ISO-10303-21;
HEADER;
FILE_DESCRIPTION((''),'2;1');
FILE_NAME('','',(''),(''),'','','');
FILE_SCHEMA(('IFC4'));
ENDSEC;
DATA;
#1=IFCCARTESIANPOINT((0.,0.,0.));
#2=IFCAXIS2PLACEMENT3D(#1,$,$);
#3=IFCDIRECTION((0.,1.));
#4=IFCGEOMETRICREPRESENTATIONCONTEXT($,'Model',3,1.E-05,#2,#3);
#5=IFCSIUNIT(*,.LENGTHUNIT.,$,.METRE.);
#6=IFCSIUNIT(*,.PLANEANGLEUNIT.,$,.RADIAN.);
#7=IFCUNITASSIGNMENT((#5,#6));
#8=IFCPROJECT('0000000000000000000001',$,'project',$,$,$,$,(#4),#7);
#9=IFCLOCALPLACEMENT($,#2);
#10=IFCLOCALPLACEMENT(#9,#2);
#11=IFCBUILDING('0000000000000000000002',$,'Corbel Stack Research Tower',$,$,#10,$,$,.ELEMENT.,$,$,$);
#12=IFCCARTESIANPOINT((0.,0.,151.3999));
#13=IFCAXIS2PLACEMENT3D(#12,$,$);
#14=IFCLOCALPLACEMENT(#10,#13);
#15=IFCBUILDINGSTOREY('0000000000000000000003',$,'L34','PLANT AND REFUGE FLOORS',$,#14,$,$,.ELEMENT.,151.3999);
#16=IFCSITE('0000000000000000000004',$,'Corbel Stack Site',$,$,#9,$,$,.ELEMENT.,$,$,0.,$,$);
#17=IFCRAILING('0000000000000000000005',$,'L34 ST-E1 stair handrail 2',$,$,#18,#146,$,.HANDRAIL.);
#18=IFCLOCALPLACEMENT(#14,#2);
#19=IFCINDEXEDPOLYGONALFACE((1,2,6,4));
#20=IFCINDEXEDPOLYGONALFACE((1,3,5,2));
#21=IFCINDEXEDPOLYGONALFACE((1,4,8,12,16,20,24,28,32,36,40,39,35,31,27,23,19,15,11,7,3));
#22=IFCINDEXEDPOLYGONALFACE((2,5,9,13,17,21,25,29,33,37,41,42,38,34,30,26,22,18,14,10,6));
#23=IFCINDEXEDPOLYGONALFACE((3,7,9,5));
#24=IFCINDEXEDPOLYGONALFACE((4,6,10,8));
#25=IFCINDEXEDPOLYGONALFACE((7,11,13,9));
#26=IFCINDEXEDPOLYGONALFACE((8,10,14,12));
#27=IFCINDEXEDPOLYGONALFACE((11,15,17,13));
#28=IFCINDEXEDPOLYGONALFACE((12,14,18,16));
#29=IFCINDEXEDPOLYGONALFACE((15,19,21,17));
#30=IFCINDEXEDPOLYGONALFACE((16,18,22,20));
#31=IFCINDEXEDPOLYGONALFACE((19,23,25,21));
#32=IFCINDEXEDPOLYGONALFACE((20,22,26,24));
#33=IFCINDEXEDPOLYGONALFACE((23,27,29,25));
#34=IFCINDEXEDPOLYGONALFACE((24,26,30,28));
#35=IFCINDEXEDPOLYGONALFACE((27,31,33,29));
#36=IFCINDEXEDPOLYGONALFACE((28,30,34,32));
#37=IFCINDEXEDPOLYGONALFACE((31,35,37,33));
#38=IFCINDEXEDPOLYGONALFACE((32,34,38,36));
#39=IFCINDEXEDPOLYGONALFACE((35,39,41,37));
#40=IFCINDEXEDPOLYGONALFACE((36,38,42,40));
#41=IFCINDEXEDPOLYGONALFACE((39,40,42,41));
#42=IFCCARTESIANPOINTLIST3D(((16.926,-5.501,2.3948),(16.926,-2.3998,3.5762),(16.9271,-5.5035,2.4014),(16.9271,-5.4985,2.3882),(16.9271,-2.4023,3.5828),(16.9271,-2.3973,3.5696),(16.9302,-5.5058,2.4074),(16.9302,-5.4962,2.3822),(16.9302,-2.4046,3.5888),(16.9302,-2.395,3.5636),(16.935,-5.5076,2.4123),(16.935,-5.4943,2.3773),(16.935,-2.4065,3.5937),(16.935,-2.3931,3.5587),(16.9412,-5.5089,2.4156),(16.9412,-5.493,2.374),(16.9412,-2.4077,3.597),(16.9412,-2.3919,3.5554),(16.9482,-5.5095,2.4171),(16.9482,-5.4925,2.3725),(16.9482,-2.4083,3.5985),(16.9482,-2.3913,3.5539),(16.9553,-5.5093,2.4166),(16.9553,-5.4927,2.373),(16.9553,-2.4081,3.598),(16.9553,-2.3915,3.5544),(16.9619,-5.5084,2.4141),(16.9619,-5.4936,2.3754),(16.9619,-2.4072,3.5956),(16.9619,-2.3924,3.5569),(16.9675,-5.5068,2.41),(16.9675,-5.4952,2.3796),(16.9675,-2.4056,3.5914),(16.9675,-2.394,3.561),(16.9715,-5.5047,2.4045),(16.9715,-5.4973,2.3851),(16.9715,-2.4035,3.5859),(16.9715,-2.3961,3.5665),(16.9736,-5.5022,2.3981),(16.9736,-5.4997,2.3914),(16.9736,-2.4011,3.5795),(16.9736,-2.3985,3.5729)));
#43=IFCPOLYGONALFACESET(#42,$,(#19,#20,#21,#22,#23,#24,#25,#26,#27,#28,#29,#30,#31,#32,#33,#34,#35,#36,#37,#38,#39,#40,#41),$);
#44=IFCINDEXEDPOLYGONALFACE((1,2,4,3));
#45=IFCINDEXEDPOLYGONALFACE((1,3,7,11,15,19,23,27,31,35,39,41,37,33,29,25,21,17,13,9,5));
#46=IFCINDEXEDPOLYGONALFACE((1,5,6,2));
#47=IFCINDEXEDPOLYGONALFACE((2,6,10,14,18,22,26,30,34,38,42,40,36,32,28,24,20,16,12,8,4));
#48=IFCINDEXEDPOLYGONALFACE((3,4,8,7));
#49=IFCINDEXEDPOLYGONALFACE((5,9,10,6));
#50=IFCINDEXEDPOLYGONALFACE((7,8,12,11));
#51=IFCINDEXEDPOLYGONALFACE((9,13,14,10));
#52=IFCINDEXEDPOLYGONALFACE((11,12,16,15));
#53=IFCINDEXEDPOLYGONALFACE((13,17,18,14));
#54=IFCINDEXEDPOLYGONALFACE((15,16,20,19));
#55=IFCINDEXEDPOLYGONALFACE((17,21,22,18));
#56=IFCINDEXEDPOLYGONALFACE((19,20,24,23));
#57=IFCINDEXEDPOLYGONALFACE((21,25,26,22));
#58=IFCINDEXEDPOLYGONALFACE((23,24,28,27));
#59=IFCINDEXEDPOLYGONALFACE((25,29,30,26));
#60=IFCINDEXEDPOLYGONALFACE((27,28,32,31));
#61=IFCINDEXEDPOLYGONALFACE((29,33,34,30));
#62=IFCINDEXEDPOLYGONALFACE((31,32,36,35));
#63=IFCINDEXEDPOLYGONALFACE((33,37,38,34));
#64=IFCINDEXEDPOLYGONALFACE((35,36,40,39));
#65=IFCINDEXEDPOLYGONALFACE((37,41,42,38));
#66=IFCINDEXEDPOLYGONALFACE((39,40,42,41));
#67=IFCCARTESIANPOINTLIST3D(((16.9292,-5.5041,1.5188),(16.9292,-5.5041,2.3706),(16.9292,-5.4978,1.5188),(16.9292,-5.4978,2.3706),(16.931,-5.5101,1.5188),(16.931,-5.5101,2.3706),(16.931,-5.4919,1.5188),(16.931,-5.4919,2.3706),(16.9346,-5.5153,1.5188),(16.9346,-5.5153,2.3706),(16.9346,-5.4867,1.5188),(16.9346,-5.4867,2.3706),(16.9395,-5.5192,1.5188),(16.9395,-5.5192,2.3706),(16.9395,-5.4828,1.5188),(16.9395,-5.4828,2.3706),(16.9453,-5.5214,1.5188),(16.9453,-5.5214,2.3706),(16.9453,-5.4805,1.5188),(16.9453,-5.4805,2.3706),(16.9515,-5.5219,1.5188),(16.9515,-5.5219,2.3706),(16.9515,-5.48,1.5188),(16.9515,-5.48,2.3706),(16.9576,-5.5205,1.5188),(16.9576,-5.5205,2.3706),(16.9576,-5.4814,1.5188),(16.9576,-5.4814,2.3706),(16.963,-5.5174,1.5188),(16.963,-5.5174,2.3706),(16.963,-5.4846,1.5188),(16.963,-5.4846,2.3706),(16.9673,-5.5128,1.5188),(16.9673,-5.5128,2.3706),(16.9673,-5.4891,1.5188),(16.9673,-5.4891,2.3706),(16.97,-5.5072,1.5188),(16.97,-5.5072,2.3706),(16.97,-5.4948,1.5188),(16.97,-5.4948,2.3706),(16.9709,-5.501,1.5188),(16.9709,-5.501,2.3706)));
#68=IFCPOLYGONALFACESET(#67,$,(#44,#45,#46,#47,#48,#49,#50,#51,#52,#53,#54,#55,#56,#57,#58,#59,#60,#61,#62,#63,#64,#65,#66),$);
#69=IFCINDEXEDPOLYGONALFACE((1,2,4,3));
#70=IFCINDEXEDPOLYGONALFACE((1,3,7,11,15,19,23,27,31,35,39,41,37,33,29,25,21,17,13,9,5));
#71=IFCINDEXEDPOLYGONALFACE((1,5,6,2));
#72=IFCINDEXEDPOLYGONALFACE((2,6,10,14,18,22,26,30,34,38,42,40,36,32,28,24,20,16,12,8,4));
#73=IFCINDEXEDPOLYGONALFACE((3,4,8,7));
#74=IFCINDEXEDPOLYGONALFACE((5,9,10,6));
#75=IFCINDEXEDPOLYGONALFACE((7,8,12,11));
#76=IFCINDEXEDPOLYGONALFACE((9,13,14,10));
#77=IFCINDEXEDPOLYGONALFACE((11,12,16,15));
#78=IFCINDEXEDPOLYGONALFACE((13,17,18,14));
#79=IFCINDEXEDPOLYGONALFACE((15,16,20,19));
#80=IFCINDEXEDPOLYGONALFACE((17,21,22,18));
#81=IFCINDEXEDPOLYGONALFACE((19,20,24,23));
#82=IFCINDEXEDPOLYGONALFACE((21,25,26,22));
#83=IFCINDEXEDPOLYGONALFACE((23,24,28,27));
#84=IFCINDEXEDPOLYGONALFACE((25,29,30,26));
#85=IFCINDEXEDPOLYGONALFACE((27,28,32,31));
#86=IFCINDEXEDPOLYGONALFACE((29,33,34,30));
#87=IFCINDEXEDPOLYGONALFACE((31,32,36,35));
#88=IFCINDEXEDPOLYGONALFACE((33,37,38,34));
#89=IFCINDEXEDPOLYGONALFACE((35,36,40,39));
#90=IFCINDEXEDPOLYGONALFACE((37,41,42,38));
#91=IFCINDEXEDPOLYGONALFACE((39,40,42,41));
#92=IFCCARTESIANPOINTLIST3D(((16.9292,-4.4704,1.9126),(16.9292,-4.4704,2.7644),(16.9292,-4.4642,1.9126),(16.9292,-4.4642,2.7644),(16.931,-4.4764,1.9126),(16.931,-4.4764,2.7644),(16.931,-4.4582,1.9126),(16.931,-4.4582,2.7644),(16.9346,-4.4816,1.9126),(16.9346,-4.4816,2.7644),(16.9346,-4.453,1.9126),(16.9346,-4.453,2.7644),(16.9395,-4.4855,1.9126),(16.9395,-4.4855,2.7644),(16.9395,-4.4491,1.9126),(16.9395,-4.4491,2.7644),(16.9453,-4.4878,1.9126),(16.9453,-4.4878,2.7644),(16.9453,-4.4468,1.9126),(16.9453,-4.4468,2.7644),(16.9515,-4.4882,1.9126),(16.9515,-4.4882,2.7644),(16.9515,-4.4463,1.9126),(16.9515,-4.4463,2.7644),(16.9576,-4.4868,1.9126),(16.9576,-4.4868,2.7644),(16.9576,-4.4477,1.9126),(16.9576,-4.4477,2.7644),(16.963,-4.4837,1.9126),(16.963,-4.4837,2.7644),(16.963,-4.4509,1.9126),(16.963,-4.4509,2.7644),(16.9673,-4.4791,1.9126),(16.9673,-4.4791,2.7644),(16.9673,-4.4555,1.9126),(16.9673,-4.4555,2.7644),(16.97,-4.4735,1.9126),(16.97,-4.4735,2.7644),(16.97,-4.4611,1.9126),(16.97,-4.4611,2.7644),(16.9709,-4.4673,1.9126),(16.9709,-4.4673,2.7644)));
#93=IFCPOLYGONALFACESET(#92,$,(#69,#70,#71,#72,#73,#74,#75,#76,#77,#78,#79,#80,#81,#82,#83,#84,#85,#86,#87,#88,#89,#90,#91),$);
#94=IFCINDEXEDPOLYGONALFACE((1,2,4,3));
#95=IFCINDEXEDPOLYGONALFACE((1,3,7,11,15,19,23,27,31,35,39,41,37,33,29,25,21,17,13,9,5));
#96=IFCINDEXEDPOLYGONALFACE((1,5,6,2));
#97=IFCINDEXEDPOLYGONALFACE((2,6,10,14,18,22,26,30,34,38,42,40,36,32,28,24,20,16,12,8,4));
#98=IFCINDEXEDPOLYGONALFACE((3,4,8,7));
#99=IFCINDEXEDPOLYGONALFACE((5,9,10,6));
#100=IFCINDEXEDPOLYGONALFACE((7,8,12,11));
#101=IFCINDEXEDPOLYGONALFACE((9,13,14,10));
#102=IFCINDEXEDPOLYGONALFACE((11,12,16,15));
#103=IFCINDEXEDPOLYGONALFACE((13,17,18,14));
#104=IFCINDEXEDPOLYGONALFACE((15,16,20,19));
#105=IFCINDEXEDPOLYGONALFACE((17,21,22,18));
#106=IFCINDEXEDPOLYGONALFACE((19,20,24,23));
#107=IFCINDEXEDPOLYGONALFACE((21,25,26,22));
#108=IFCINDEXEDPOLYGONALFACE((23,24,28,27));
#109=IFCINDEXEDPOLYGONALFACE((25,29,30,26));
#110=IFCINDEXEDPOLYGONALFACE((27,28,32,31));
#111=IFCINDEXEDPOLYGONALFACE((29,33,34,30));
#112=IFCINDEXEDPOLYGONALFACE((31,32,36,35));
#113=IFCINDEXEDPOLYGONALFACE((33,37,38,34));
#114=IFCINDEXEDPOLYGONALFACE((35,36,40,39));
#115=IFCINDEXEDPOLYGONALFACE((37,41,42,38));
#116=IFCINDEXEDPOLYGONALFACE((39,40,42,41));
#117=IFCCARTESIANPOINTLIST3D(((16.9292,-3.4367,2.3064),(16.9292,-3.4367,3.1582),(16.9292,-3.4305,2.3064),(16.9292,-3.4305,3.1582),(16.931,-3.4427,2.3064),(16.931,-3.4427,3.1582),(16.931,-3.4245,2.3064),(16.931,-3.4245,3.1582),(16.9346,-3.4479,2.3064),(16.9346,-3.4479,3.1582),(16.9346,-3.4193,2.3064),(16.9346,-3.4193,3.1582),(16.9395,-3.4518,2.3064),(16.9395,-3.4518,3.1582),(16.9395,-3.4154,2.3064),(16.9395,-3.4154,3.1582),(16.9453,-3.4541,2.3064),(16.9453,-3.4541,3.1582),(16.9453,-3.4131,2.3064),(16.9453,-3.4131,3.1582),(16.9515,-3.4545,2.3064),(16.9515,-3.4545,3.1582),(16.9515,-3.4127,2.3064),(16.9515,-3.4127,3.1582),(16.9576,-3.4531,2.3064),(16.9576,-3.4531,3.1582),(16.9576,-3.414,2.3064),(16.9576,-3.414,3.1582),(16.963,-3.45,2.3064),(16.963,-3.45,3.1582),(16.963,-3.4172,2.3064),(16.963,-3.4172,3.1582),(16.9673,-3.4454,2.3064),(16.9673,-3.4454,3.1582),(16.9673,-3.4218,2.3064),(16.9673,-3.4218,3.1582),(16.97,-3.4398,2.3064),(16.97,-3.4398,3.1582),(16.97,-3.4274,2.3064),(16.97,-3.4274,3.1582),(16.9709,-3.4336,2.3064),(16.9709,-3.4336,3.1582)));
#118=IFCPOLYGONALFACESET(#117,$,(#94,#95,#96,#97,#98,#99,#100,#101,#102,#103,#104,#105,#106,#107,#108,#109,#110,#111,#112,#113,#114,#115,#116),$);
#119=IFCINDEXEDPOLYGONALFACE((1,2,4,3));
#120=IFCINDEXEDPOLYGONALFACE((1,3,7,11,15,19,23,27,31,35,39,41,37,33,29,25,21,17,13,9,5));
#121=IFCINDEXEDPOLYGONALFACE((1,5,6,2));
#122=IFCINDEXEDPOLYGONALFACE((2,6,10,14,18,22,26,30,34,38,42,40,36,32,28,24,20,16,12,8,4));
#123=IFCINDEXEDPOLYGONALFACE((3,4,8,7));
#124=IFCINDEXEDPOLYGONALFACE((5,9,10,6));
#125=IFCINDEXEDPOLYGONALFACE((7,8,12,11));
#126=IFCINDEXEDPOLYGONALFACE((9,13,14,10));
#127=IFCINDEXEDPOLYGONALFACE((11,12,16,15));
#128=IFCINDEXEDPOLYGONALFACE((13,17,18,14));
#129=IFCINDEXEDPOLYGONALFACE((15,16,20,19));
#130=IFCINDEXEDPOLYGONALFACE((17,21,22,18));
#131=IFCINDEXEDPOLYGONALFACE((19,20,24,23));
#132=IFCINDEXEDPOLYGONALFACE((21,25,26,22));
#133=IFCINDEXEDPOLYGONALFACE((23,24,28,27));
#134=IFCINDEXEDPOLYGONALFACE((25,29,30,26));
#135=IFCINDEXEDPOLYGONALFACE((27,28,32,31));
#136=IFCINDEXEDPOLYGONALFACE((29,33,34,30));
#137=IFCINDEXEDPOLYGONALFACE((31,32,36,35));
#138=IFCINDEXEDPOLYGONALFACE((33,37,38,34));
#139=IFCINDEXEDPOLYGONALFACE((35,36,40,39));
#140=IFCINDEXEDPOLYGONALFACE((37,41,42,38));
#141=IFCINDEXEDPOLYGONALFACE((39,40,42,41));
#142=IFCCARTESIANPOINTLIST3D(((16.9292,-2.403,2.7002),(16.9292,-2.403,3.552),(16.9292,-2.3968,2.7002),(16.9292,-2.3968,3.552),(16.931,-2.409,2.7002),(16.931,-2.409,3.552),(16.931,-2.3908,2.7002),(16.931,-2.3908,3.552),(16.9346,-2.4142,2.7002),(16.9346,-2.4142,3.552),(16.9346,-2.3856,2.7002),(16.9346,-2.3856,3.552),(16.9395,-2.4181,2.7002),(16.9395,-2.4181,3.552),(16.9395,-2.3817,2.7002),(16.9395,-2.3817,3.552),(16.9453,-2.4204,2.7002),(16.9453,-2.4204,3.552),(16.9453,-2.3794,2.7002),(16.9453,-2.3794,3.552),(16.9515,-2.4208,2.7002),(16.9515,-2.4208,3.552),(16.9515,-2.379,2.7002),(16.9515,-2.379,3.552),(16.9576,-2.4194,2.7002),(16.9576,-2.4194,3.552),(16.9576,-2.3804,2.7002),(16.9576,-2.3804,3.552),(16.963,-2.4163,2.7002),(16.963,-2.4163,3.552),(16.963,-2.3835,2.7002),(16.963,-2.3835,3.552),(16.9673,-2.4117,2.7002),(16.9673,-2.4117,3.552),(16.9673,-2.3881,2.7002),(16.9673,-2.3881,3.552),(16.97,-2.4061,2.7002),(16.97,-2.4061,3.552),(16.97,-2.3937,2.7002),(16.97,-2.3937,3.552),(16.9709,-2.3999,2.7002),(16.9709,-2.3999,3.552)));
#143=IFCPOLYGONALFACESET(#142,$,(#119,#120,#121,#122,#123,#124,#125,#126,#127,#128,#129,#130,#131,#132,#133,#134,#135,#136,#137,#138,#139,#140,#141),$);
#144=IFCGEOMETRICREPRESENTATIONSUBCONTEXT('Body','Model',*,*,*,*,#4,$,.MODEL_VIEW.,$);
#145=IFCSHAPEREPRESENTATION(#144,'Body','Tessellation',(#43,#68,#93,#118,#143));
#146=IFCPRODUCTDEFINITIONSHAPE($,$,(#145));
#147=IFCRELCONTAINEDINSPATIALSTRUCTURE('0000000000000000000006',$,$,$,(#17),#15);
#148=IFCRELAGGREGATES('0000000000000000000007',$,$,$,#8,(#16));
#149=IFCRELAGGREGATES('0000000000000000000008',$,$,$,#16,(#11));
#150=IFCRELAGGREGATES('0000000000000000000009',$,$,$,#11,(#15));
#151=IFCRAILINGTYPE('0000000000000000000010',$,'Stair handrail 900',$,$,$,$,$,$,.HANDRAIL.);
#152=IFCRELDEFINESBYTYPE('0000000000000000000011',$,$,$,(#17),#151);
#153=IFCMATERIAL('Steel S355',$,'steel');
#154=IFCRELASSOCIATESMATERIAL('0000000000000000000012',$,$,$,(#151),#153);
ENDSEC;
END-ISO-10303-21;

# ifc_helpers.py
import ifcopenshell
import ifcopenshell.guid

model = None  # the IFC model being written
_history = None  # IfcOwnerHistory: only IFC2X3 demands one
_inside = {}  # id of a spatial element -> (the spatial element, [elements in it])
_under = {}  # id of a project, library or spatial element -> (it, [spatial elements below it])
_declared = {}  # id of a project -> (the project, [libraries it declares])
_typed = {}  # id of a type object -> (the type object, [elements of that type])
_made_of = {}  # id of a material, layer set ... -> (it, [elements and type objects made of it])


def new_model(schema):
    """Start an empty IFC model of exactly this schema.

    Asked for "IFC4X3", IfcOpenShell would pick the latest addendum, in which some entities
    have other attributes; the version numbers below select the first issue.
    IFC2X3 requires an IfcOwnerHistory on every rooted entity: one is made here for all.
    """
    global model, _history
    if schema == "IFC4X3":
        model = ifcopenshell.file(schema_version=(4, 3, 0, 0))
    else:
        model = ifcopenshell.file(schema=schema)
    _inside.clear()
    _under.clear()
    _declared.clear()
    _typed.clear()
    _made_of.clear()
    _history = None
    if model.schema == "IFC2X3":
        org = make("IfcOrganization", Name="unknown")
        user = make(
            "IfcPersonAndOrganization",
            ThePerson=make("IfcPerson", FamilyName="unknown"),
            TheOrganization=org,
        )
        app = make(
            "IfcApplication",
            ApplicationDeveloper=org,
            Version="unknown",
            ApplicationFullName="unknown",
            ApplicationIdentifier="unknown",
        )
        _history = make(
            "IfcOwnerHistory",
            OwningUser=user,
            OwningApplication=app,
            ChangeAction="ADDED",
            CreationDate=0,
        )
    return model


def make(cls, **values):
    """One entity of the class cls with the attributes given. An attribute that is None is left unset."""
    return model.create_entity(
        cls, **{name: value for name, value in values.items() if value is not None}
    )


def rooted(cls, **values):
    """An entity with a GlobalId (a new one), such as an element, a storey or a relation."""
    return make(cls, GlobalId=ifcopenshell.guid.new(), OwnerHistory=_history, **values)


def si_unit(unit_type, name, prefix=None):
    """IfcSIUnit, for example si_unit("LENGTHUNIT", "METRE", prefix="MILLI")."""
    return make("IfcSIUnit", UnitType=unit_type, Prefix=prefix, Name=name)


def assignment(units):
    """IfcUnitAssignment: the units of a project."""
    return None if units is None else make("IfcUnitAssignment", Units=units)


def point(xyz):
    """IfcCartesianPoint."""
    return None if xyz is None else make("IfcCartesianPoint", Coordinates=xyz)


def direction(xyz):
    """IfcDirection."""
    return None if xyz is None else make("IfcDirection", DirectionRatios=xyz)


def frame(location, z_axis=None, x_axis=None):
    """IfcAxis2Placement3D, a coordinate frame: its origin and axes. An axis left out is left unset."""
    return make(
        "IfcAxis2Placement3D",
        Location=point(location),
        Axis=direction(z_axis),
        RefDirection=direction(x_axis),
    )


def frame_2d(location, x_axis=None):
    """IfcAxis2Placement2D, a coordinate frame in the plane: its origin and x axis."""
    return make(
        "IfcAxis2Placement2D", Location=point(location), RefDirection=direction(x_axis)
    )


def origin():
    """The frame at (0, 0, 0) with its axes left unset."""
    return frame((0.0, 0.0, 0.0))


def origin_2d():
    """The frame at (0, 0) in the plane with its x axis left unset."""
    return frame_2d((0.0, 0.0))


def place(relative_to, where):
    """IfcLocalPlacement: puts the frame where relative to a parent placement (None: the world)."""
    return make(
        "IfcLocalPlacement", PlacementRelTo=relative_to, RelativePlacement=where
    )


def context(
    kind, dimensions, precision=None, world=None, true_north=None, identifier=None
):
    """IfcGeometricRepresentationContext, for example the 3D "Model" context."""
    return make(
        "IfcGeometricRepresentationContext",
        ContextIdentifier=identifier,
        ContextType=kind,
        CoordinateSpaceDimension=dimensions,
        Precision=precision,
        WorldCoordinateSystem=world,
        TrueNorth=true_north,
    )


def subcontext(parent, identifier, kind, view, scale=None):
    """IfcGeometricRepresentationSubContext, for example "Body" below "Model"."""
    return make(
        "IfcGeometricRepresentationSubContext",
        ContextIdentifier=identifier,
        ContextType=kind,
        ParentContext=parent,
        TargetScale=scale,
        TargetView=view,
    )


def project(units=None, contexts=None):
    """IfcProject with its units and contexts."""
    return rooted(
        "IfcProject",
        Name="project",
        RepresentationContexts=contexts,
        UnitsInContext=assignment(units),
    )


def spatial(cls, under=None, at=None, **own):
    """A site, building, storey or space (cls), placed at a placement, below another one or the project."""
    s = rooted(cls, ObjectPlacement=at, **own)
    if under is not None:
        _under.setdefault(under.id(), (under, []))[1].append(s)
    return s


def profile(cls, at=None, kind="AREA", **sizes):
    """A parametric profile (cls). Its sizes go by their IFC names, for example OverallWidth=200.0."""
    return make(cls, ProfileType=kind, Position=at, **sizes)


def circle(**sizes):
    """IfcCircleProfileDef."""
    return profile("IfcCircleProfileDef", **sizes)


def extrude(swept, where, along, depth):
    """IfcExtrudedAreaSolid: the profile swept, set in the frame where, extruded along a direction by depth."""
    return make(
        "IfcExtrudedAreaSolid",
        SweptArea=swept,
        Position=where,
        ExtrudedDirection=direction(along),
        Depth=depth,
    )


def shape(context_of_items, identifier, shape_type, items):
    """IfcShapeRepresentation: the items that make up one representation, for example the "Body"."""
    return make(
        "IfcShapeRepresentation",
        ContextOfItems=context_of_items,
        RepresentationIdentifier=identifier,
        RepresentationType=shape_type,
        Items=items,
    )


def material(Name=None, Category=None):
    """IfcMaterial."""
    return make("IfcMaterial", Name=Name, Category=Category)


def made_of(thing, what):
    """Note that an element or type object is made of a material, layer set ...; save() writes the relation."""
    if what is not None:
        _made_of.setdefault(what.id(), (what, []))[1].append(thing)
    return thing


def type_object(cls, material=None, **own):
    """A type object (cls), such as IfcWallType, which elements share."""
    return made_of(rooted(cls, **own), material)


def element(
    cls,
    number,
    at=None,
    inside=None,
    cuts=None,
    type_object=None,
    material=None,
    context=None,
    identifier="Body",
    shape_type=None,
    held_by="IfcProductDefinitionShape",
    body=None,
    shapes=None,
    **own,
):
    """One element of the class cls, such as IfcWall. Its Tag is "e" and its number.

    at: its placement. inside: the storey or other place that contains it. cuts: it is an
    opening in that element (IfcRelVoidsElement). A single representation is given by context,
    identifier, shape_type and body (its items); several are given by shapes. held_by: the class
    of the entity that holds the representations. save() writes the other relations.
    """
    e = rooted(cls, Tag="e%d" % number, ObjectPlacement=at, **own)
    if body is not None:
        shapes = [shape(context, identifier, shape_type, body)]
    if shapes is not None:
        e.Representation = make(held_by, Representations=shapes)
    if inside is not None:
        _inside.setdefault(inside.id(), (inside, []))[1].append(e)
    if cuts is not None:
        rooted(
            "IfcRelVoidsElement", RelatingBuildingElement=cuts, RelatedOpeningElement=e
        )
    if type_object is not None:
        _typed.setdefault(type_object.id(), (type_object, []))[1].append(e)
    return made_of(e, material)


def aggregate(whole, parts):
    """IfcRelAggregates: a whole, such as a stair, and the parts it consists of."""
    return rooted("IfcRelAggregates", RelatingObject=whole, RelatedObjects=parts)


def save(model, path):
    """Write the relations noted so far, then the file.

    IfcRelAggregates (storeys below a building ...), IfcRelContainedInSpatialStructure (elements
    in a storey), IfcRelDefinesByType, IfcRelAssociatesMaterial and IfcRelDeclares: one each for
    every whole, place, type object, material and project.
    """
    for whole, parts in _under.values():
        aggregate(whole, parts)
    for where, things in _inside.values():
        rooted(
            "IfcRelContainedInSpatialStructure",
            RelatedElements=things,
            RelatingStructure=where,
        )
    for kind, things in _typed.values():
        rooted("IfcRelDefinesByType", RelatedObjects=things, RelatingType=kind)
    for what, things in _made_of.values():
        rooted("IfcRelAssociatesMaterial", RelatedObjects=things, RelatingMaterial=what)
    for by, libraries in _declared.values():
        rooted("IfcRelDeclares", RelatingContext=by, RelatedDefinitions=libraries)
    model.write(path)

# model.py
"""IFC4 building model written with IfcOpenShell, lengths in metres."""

from ifc_helpers import new_model, si_unit, direction, frame, origin, origin_2d, place, context, subcontext, project, spatial, circle, extrude, material, type_object, element, save


model = new_model("IFC4")

# Units and contexts
model_context = context("Model", 3, precision=1e-05, world=origin(), true_north=direction((0.0, 1.0)))
body_context = subcontext(model_context, "Body", "Model", "MODEL_VIEW")
ifc_project = project(units=[si_unit("LENGTHUNIT", "METRE"), si_unit("PLANEANGLEUNIT", "RADIAN")], contexts=[model_context])

# Site, building, storey
site_placement = place(None, origin())
site = spatial("IfcSite", under=ifc_project, at=site_placement, Name="Corbel Stack Site", CompositionType="ELEMENT", RefElevation=0.0)
building_placement = place(site_placement, origin())
building = spatial("IfcBuilding", under=site, at=building_placement, Name="Corbel Stack Research Tower", CompositionType="ELEMENT")
storey_placement = place(building_placement, frame((0.0, 0.0, 151.3999)))
storey = spatial("IfcBuildingStorey", under=building, at=storey_placement, Name="L34", Description="PLANT AND REFUGE FLOORS", CompositionType="ELEMENT", Elevation=151.3999)

# Railing
ifc_material_1 = material(Name="Steel S355", Category="steel")
railing_type_1 = type_object("IfcRailingType", Name="Stair handrail 900", PredefinedType="HANDRAIL", material=ifc_material_1)
for number, where, name in (
    (1, (16.95, -5.501, 1.5188), "L34 ST-E1 stair handrail 2"),
):
    element("IfcRailing", number, at=place(storey_placement, frame(where)), inside=storey, type_object=railing_type_1, Name=name, PredefinedType="HANDRAIL", context=body_context, shape_type="SweptSolid", body=[
        extrude(circle(Radius=0.0239, at=origin_2d()), frame((0.0, 0.0, 0.876), z_axis=(0.0, 0.934484, 0.356005), x_axis=(-1.0, 0.0, 0.0)), (0.0, 0.0, 1.0), 3.3186),
        extrude(circle(Radius=0.021, at=origin_2d()), origin(), (0.0, 0.0, 1.0), 0.8518),
        extrude(circle(Radius=0.021, at=origin_2d()), frame((0.0, 1.0337, 0.3938)), (0.0, 0.0, 1.0), 0.8518),
        extrude(circle(Radius=0.021, at=origin_2d()), frame((0.0, 2.0674, 0.7876)), (0.0, 0.0, 1.0), 0.8518),
        extrude(circle(Radius=0.021, at=origin_2d()), frame((0.0, 3.1011, 1.1814)), (0.0, 0.0, 1.0), 0.8518),
    ])

save(model, "model.ifc")
